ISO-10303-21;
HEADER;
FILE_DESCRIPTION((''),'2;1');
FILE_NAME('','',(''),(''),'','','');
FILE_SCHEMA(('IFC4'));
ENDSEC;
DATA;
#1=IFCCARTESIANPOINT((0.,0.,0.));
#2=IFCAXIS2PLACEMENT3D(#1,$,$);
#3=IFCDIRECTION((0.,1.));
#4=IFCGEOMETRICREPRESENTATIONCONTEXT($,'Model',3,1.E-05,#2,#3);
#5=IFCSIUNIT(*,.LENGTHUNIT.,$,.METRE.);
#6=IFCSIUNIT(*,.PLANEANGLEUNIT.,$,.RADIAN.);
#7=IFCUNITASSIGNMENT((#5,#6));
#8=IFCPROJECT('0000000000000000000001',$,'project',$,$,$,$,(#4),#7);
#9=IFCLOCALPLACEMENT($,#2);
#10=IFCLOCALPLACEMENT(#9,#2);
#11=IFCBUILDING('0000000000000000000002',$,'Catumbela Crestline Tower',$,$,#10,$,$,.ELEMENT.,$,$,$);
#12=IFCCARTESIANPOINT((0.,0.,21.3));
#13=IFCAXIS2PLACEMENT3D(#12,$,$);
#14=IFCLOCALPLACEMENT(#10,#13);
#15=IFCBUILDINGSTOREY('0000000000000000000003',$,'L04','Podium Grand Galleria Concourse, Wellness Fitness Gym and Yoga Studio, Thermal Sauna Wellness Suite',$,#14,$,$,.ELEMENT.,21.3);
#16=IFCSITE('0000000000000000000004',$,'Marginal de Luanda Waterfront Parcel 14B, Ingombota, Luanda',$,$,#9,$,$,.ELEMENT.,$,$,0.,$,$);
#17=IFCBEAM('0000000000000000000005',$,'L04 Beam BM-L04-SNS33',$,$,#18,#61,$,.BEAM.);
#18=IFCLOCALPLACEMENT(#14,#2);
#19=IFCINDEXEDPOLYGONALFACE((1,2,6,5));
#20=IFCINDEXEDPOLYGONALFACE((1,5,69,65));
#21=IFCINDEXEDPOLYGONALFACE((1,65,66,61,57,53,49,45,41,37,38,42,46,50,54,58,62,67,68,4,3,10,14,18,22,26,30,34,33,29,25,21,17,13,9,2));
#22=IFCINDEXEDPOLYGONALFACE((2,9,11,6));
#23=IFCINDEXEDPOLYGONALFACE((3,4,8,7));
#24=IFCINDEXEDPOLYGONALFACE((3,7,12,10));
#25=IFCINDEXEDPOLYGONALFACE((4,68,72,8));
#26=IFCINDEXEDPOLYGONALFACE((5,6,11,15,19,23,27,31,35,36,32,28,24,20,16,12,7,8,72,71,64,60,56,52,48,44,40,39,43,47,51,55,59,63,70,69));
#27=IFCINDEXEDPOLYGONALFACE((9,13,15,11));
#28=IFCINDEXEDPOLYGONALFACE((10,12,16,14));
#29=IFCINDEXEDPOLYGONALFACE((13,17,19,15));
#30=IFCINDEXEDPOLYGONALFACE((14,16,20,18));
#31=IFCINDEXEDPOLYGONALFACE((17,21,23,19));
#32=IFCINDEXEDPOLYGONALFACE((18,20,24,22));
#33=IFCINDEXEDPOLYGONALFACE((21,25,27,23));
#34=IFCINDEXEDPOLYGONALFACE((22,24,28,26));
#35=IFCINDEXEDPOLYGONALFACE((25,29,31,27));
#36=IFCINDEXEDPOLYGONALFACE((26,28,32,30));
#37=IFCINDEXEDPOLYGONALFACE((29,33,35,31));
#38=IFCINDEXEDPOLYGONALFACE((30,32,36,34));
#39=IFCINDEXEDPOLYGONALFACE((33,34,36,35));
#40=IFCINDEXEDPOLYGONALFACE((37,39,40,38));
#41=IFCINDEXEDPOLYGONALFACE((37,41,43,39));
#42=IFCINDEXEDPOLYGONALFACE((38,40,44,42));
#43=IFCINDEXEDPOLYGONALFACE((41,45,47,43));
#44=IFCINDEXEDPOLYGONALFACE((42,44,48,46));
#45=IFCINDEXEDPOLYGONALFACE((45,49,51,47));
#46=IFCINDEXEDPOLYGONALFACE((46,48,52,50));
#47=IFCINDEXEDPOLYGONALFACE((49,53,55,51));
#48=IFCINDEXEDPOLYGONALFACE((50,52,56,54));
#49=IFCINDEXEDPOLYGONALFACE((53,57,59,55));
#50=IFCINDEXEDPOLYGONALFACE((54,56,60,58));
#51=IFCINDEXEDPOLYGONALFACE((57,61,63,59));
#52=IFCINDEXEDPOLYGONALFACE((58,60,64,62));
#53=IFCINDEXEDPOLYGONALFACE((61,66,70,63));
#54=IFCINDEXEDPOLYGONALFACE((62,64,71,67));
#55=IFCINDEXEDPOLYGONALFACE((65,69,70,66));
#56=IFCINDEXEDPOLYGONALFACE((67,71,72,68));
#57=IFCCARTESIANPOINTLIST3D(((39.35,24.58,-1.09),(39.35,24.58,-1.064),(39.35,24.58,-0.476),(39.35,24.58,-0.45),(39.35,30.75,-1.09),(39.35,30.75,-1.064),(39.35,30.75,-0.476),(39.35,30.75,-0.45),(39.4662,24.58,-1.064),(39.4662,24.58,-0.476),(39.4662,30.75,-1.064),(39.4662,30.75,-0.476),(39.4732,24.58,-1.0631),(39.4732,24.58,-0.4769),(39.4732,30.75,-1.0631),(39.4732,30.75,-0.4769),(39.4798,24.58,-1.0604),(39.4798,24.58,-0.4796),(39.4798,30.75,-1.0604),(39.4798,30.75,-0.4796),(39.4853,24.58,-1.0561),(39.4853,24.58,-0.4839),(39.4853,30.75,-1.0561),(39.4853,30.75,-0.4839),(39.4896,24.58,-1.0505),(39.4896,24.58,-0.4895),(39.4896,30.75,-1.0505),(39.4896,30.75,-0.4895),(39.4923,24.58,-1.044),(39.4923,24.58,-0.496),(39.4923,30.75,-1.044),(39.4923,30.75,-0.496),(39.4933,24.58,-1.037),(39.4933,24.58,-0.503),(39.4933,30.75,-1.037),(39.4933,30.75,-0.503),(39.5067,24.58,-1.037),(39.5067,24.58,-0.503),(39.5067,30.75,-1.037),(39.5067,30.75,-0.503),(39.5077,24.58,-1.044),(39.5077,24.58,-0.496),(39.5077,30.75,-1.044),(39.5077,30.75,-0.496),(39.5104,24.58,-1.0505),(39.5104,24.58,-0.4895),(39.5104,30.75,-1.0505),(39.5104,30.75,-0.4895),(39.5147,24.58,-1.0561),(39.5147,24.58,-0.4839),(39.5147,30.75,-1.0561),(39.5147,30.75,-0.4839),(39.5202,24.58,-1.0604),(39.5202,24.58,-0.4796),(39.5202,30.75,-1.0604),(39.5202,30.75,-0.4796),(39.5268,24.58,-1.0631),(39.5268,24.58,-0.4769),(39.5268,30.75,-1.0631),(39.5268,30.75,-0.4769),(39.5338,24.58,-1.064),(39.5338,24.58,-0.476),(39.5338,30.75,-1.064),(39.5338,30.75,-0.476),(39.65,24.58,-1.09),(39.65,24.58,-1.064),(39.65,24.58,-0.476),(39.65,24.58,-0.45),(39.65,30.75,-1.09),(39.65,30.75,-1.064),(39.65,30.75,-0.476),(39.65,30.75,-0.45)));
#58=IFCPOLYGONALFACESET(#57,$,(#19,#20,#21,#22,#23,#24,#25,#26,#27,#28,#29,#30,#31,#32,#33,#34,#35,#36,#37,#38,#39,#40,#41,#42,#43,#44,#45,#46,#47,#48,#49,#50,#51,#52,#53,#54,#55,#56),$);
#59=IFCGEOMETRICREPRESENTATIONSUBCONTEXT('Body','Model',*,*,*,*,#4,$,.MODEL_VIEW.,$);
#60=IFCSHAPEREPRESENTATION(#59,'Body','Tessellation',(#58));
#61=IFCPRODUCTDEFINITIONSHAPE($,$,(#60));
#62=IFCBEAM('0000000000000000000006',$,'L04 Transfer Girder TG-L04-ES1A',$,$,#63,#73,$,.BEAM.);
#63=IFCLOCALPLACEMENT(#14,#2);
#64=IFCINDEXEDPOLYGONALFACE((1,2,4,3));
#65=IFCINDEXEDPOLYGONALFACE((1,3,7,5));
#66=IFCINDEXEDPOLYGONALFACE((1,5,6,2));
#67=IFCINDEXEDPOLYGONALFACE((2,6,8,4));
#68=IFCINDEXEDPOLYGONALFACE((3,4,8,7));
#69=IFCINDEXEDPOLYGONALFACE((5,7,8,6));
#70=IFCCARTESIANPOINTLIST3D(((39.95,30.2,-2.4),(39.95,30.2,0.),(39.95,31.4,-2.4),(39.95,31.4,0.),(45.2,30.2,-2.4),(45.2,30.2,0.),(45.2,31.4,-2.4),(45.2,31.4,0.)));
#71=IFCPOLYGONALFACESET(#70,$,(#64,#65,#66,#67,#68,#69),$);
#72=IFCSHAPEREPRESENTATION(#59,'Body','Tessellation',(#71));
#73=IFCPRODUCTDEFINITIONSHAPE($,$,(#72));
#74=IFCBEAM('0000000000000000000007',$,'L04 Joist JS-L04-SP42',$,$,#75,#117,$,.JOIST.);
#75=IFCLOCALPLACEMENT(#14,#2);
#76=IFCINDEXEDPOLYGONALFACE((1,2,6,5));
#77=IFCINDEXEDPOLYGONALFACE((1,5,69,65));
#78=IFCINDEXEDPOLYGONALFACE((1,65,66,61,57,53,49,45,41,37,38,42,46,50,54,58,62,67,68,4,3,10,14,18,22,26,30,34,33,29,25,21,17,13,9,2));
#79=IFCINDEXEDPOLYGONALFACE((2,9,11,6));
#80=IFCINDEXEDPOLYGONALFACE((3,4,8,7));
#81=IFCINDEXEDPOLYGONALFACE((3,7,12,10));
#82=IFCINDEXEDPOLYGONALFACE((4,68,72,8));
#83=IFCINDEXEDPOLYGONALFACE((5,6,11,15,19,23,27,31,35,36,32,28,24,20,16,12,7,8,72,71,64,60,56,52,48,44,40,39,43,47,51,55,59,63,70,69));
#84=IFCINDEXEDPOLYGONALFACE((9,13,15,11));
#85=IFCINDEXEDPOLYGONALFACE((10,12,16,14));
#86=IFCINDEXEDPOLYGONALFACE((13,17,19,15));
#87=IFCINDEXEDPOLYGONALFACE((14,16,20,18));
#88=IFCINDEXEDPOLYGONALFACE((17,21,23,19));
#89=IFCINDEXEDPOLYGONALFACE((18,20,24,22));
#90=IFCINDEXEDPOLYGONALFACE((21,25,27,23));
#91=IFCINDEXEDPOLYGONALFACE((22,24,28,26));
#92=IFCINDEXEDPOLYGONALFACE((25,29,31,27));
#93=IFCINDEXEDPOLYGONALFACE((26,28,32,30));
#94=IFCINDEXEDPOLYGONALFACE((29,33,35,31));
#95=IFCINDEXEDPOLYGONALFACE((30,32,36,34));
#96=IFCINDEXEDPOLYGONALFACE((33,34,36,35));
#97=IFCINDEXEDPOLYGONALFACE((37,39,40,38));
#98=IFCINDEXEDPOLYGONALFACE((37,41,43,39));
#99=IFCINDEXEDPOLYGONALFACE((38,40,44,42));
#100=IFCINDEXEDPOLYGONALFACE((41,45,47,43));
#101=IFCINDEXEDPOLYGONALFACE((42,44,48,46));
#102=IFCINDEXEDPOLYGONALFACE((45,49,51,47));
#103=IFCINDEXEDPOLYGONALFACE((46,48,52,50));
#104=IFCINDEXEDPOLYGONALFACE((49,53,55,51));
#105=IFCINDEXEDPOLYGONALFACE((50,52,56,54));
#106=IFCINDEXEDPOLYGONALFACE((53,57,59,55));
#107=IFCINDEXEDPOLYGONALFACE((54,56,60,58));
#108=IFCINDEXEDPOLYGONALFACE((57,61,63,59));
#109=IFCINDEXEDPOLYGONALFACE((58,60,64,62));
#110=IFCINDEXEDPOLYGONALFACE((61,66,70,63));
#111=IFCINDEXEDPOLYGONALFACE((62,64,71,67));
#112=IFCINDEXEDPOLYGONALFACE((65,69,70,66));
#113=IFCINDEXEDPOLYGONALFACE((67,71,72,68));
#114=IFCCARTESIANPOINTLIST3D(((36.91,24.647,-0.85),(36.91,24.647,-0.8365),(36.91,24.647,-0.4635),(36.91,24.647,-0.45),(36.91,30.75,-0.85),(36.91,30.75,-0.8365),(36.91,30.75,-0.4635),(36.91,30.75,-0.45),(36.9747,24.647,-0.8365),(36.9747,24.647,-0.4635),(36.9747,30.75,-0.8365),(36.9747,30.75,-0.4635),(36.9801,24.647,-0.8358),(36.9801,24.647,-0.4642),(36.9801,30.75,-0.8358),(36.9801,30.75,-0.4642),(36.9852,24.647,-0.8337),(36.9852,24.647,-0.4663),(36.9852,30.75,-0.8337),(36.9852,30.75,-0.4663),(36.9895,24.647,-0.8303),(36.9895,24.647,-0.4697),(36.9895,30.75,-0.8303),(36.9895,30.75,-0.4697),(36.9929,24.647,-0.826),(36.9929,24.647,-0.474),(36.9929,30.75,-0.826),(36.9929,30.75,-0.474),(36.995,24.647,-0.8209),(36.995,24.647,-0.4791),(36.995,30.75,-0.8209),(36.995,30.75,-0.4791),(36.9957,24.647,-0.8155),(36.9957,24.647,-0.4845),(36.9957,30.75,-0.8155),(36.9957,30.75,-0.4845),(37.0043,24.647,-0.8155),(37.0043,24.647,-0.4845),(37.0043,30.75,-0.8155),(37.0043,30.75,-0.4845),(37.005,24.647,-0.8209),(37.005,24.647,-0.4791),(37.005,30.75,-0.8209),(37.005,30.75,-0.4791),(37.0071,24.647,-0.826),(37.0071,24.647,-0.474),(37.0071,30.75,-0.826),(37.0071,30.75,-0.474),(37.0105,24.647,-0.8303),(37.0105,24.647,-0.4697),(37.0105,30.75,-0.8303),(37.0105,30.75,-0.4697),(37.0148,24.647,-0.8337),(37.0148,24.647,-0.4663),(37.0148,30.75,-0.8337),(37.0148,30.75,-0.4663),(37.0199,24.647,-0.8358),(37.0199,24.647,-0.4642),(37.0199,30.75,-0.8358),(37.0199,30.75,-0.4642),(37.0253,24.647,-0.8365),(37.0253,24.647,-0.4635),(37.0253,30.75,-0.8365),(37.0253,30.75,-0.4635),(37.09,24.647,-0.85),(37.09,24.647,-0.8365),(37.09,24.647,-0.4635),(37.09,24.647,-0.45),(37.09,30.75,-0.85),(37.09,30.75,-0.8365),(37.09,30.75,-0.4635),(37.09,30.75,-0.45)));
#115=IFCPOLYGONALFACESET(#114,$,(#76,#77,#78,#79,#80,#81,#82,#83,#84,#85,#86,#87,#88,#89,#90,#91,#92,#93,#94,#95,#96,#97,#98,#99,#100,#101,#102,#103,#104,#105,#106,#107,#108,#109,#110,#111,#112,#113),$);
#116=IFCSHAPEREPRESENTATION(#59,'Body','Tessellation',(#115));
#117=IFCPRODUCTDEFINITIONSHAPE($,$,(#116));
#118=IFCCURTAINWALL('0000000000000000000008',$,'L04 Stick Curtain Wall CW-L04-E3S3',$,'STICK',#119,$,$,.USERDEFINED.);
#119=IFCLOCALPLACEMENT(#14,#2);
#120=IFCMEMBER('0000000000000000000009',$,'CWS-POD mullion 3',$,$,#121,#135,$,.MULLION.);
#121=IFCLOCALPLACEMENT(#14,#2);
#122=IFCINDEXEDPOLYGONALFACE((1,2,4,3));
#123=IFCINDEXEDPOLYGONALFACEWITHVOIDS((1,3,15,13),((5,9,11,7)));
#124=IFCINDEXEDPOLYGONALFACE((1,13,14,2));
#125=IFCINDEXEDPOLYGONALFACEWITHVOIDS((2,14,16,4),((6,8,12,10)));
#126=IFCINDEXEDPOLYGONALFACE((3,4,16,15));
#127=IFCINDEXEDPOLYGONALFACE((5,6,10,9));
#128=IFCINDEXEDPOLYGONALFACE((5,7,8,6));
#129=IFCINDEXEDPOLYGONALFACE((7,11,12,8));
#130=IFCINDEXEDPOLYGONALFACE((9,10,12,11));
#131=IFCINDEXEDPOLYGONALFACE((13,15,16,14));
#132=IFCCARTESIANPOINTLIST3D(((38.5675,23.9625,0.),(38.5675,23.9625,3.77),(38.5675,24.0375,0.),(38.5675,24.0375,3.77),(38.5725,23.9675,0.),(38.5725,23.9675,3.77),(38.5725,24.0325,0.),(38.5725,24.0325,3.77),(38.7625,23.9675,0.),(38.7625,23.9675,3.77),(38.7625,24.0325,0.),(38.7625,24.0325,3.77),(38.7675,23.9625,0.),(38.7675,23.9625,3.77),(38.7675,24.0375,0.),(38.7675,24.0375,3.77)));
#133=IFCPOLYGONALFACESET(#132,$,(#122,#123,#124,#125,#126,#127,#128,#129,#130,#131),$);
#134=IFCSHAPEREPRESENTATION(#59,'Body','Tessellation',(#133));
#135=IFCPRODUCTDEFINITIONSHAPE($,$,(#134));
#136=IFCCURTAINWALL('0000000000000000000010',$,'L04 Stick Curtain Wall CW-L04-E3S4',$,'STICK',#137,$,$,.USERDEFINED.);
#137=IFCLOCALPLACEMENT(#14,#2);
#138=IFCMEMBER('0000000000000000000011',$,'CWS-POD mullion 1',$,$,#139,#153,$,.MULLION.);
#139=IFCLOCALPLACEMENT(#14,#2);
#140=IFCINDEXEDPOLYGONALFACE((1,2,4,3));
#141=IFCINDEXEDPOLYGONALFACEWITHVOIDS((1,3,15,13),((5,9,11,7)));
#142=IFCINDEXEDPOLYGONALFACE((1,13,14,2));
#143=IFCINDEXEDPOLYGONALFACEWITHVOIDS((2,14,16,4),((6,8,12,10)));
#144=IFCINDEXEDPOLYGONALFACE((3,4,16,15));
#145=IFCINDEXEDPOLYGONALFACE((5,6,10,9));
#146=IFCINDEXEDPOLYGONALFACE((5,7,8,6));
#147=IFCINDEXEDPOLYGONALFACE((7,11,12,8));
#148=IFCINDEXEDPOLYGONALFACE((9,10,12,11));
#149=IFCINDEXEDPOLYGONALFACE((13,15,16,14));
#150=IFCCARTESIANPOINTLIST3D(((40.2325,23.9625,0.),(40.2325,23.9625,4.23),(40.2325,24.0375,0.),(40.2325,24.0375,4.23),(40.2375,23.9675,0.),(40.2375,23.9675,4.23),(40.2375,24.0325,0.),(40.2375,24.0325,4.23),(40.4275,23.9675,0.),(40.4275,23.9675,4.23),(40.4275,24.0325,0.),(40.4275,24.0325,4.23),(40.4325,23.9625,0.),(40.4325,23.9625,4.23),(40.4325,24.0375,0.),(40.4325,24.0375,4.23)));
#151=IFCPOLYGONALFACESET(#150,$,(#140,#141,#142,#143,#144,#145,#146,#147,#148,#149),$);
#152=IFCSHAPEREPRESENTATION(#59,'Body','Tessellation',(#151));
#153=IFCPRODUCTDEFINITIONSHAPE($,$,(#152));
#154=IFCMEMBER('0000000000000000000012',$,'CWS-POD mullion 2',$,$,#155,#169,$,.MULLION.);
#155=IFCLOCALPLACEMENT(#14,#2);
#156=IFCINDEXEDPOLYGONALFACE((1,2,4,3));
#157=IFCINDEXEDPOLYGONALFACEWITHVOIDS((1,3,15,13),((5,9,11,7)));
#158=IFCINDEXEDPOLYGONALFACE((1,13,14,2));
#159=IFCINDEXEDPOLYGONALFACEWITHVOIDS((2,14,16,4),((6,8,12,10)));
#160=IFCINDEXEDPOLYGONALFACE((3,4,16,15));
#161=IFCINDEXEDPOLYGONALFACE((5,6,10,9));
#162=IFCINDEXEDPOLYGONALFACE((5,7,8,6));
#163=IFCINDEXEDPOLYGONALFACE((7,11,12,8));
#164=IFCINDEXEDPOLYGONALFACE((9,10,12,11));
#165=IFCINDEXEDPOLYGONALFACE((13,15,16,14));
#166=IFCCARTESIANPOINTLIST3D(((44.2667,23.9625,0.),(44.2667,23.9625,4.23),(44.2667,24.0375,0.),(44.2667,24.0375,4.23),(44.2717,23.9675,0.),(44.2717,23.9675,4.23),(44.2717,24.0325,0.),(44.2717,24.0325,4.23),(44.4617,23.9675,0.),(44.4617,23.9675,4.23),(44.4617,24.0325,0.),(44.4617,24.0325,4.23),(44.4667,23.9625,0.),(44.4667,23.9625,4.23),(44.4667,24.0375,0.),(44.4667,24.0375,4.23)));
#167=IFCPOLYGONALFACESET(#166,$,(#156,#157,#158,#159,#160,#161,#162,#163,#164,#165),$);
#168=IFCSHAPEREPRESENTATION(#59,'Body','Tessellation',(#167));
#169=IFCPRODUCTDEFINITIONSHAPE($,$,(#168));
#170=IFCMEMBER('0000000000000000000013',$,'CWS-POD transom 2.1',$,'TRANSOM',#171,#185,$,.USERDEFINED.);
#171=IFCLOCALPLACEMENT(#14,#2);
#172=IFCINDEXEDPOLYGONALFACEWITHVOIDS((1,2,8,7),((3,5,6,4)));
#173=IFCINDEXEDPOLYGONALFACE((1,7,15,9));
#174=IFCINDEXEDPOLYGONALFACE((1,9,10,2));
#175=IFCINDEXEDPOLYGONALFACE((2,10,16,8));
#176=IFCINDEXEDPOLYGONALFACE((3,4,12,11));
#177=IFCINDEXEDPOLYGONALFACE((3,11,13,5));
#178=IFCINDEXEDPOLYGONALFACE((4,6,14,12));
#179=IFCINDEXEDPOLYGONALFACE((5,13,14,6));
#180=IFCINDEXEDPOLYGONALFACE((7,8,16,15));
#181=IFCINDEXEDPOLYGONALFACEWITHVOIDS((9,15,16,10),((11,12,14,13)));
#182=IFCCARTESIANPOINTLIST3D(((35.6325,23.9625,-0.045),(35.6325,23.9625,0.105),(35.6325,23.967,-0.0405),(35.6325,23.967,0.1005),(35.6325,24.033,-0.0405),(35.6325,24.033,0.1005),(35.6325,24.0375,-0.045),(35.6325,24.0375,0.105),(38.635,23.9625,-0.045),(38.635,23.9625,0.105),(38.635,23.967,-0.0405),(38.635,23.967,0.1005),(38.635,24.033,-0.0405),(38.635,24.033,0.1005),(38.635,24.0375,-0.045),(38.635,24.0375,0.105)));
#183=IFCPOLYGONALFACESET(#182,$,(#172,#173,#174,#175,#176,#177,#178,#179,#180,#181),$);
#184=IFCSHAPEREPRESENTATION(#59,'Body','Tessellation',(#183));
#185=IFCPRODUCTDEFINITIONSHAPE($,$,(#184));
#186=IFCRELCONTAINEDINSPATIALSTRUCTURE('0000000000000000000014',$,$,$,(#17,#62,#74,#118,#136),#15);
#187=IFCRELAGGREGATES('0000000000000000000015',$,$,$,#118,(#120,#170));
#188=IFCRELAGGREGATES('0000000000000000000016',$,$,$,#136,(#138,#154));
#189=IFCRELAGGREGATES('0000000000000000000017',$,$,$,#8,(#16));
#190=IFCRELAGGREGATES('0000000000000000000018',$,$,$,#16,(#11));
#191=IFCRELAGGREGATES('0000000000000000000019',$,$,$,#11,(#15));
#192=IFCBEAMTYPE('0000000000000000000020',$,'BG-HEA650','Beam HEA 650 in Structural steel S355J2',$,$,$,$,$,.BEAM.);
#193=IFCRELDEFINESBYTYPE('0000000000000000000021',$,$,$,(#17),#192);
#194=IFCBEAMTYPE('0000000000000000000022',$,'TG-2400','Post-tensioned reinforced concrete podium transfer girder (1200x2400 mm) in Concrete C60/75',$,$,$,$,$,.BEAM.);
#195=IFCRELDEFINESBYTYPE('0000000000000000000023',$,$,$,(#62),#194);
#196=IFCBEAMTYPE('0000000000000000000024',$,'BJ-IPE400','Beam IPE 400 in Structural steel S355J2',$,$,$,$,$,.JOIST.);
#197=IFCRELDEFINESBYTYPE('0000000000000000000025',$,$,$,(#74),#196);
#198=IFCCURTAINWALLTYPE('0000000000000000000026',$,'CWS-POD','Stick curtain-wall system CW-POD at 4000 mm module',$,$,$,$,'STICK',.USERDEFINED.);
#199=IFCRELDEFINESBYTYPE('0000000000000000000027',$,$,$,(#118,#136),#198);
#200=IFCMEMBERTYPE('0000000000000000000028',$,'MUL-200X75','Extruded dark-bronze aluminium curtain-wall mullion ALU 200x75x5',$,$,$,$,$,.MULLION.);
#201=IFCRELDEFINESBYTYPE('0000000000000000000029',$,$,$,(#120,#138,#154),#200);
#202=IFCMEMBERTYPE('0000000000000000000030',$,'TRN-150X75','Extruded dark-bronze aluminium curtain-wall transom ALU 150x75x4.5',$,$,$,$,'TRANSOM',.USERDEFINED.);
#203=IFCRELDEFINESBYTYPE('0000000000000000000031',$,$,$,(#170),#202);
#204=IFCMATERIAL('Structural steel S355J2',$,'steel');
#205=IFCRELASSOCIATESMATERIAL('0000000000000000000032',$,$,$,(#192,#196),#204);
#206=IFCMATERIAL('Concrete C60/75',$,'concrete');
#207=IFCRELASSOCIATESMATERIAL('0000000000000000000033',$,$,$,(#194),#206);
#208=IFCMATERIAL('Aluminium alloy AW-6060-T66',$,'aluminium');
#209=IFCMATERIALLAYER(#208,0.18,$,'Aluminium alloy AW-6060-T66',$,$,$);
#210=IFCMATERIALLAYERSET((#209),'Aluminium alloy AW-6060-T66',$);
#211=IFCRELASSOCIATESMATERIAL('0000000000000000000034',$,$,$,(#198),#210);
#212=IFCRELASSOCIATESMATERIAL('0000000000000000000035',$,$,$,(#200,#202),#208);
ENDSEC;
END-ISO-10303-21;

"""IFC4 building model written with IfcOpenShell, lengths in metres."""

from ifc_helpers import new_model, si_unit, direction, frame, origin, origin_2d, place, context, subcontext, project, spatial, rectangle, hollow_rectangle, i_section, extrude, material, layer, layer_set, material_profile, profile_set, type_object, element, aggregate, save


model = new_model("IFC4")

# Units and contexts
model_context = context("Model", 3, precision=1e-05, world=origin(), true_north=direction((0.0, 1.0)))
body_context = subcontext(model_context, "Body", "Model", "MODEL_VIEW")
ifc_project = project(units=[si_unit("LENGTHUNIT", "METRE"), si_unit("PLANEANGLEUNIT", "RADIAN")], contexts=[model_context])

# Site, building, storey
site_placement = place(None, origin())
site = spatial("IfcSite", under=ifc_project, at=site_placement, Name="Marginal de Luanda Waterfront Parcel 14B, Ingombota, Luanda", CompositionType="ELEMENT", RefElevation=0.0)
building_placement = place(site_placement, origin())
building = spatial("IfcBuilding", under=site, at=building_placement, Name="Catumbela Crestline Tower", CompositionType="ELEMENT")
storey_placement = place(building_placement, frame((0.0, 0.0, 21.3)))
storey = spatial("IfcBuildingStorey", under=building, at=storey_placement, Name="L04", Description="Podium Grand Galleria Concourse, Wellness Fitness Gym and Yoga Studio, Thermal Sauna Wellness Suite", CompositionType="ELEMENT", Elevation=21.3)

# Shared definitions
ifc_material_1 = material(Name="Concrete C60/75", Category="concrete")

# Beams
ifc_material_2 = material(Name="Structural steel S355J2", Category="steel")
ifc_material_profile_1 = material_profile(ifc_material_2, i_section(OverallWidth=0.3, OverallDepth=0.64, WebThickness=0.0135, FlangeThickness=0.026, FilletRadius=0.027, at=origin_2d()), Name="HEA 650")
ifc_profile_set_1 = profile_set([ifc_material_profile_1], Name="Structural steel S355J2")
beam_type_1 = type_object("IfcBeamType", Name="BG-HEA650", Description="Beam HEA 650 in Structural steel S355J2", PredefinedType="BEAM", material=ifc_profile_set_1)
beam_1_placement = place(storey_placement, frame((39.5, 24.58, -0.77), z_axis=(0.0, 1.0, 0.0), x_axis=(-1.0, 0.0, 0.0)))
element("IfcBeam", 1, at=beam_1_placement, inside=storey, type_object=beam_type_1, Name="L04 Beam BM-L04-SNS33", PredefinedType="BEAM", context=body_context, shape_type="SweptSolid", body=[
    extrude(i_section(OverallWidth=0.3, OverallDepth=0.64, WebThickness=0.0135, FlangeThickness=0.026, FilletRadius=0.027, at=origin_2d()), origin(), (0.0, 0.0, 1.0), 6.17),
])
ifc_material_profile_2 = material_profile(ifc_material_1, rectangle(XDim=1.2, YDim=2.4, at=origin_2d()), Name="RC 1200x2400")
ifc_profile_set_2 = profile_set([ifc_material_profile_2], Name="Concrete C60/75")
beam_type_2 = type_object("IfcBeamType", Name="TG-2400", Description="Post-tensioned reinforced concrete podium transfer girder (1200x2400 mm) in Concrete C60/75", PredefinedType="BEAM", material=ifc_profile_set_2)
beam_2_placement = place(storey_placement, frame((39.95, 30.8, -1.2), z_axis=(1.0, 0.0, 0.0), x_axis=(0.0, 1.0, 0.0)))
element("IfcBeam", 2, at=beam_2_placement, inside=storey, type_object=beam_type_2, Name="L04 Transfer Girder TG-L04-ES1A", PredefinedType="BEAM", context=body_context, shape_type="SweptSolid", body=[
    extrude(rectangle(XDim=1.2, YDim=2.4, at=origin_2d()), origin(), (0.0, 0.0, 1.0), 5.25),
])
ifc_material_profile_3 = material_profile(ifc_material_2, i_section(OverallWidth=0.18, OverallDepth=0.4, WebThickness=0.0086, FlangeThickness=0.0135, FilletRadius=0.021, at=origin_2d()), Name="IPE 400")
ifc_profile_set_3 = profile_set([ifc_material_profile_3], Name="Structural steel S355J2")
beam_type_3 = type_object("IfcBeamType", Name="BJ-IPE400", Description="Beam IPE 400 in Structural steel S355J2", PredefinedType="JOIST", material=ifc_profile_set_3)
beam_3_placement = place(storey_placement, frame((37.0, 24.647, -0.65), z_axis=(0.0, 1.0, 0.0), x_axis=(-1.0, 0.0, 0.0)))
element("IfcBeam", 3, at=beam_3_placement, inside=storey, type_object=beam_type_3, Name="L04 Joist JS-L04-SP42", PredefinedType="JOIST", context=body_context, shape_type="SweptSolid", body=[
    extrude(i_section(OverallWidth=0.18, OverallDepth=0.4, WebThickness=0.0086, FlangeThickness=0.0135, FilletRadius=0.021, at=origin_2d()), origin(), (0.0, 0.0, 1.0), 6.103),
])

# Curtain wall, member
ifc_material_3 = material(Name="Aluminium alloy AW-6060-T66", Category="aluminium")
ifc_layer_1 = layer(ifc_material_3, 0.18, Name="Aluminium alloy AW-6060-T66")
ifc_layer_set_1 = layer_set([ifc_layer_1], Name="Aluminium alloy AW-6060-T66")
curtain_wall_type = type_object("IfcCurtainWallType", Name="CWS-POD", Description="Stick curtain-wall system CW-POD at 4000 mm module", ElementType="STICK", PredefinedType="USERDEFINED", material=ifc_layer_set_1)
curtain_wall_1_placement = place(storey_placement, origin())
curtain_wall_1 = element("IfcCurtainWall", 4, at=curtain_wall_1_placement, inside=storey, type_object=curtain_wall_type, Name="L04 Stick Curtain Wall CW-L04-E3S3", ObjectType="STICK", PredefinedType="USERDEFINED")
ifc_material_profile_4 = material_profile(ifc_material_3, hollow_rectangle(XDim=0.075, YDim=0.2, WallThickness=0.005, at=origin_2d()), Name="ALU 200x75x5")
ifc_profile_set_4 = profile_set([ifc_material_profile_4], Name="Aluminium alloy AW-6060-T66")
member_type_1 = type_object("IfcMemberType", Name="MUL-200X75", Description="Extruded dark-bronze aluminium curtain-wall mullion ALU 200x75x5", PredefinedType="MULLION", material=ifc_profile_set_4)
member_1_placement = place(storey_placement, frame((38.6675, 24.0, 0.0), z_axis=(0.0, 0.0, 1.0), x_axis=(0.0, 1.0, 0.0)))
member_1 = element("IfcMember", 5, at=member_1_placement, type_object=member_type_1, Name="CWS-POD mullion 3", PredefinedType="MULLION", context=body_context, shape_type="SweptSolid", body=[
    extrude(hollow_rectangle(XDim=0.075, YDim=0.2, WallThickness=0.005, at=origin_2d()), origin(), (0.0, 0.0, 1.0), 3.77),
])

# Curtain wall, members
curtain_wall_2_placement = place(storey_placement, origin())
curtain_wall_2 = element("IfcCurtainWall", 6, at=curtain_wall_2_placement, inside=storey, type_object=curtain_wall_type, Name="L04 Stick Curtain Wall CW-L04-E3S4", ObjectType="STICK", PredefinedType="USERDEFINED")
member_2_placement = place(storey_placement, frame((40.3325, 24.0, 0.0), z_axis=(0.0, 0.0, 1.0), x_axis=(0.0, 1.0, 0.0)))
member_2 = element("IfcMember", 7, at=member_2_placement, type_object=member_type_1, Name="CWS-POD mullion 1", PredefinedType="MULLION", context=body_context, shape_type="SweptSolid", body=[
    extrude(hollow_rectangle(XDim=0.075, YDim=0.2, WallThickness=0.005, at=origin_2d()), origin(), (0.0, 0.0, 1.0), 4.23),
])
member_3_placement = place(storey_placement, frame((44.3667, 24.0, 0.0), z_axis=(0.0, 0.0, 1.0), x_axis=(0.0, 1.0, 0.0)))
member_3 = element("IfcMember", 8, at=member_3_placement, type_object=member_type_1, Name="CWS-POD mullion 2", PredefinedType="MULLION", context=body_context, shape_type="SweptSolid", body=[
    extrude(hollow_rectangle(XDim=0.075, YDim=0.2, WallThickness=0.005, at=origin_2d()), origin(), (0.0, 0.0, 1.0), 4.23),
])

# Member
ifc_material_profile_5 = material_profile(ifc_material_3, hollow_rectangle(XDim=0.075, YDim=0.15, WallThickness=0.0045, at=origin_2d()), Name="ALU 150x75x4.5")
ifc_profile_set_5 = profile_set([ifc_material_profile_5], Name="Aluminium alloy AW-6060-T66")
member_type_2 = type_object("IfcMemberType", Name="TRN-150X75", Description="Extruded dark-bronze aluminium curtain-wall transom ALU 150x75x4.5", ElementType="TRANSOM", PredefinedType="USERDEFINED", material=ifc_profile_set_5)
member_4_placement = place(storey_placement, frame((35.6325, 24.0, 0.03), z_axis=(1.0, 0.0, 0.0), x_axis=(0.0, 1.0, 0.0)))
member_4 = element("IfcMember", 9, at=member_4_placement, type_object=member_type_2, Name="CWS-POD transom 2.1", ObjectType="TRANSOM", PredefinedType="USERDEFINED", context=body_context, shape_type="SweptSolid", body=[
    extrude(hollow_rectangle(XDim=0.075, YDim=0.15, WallThickness=0.0045, at=origin_2d()), origin(), (0.0, 0.0, 1.0), 3.0025),
])

aggregate(curtain_wall_1, [member_1, member_4])
aggregate(curtain_wall_2, [member_2, member_3])

save(model, "model.ifc")
